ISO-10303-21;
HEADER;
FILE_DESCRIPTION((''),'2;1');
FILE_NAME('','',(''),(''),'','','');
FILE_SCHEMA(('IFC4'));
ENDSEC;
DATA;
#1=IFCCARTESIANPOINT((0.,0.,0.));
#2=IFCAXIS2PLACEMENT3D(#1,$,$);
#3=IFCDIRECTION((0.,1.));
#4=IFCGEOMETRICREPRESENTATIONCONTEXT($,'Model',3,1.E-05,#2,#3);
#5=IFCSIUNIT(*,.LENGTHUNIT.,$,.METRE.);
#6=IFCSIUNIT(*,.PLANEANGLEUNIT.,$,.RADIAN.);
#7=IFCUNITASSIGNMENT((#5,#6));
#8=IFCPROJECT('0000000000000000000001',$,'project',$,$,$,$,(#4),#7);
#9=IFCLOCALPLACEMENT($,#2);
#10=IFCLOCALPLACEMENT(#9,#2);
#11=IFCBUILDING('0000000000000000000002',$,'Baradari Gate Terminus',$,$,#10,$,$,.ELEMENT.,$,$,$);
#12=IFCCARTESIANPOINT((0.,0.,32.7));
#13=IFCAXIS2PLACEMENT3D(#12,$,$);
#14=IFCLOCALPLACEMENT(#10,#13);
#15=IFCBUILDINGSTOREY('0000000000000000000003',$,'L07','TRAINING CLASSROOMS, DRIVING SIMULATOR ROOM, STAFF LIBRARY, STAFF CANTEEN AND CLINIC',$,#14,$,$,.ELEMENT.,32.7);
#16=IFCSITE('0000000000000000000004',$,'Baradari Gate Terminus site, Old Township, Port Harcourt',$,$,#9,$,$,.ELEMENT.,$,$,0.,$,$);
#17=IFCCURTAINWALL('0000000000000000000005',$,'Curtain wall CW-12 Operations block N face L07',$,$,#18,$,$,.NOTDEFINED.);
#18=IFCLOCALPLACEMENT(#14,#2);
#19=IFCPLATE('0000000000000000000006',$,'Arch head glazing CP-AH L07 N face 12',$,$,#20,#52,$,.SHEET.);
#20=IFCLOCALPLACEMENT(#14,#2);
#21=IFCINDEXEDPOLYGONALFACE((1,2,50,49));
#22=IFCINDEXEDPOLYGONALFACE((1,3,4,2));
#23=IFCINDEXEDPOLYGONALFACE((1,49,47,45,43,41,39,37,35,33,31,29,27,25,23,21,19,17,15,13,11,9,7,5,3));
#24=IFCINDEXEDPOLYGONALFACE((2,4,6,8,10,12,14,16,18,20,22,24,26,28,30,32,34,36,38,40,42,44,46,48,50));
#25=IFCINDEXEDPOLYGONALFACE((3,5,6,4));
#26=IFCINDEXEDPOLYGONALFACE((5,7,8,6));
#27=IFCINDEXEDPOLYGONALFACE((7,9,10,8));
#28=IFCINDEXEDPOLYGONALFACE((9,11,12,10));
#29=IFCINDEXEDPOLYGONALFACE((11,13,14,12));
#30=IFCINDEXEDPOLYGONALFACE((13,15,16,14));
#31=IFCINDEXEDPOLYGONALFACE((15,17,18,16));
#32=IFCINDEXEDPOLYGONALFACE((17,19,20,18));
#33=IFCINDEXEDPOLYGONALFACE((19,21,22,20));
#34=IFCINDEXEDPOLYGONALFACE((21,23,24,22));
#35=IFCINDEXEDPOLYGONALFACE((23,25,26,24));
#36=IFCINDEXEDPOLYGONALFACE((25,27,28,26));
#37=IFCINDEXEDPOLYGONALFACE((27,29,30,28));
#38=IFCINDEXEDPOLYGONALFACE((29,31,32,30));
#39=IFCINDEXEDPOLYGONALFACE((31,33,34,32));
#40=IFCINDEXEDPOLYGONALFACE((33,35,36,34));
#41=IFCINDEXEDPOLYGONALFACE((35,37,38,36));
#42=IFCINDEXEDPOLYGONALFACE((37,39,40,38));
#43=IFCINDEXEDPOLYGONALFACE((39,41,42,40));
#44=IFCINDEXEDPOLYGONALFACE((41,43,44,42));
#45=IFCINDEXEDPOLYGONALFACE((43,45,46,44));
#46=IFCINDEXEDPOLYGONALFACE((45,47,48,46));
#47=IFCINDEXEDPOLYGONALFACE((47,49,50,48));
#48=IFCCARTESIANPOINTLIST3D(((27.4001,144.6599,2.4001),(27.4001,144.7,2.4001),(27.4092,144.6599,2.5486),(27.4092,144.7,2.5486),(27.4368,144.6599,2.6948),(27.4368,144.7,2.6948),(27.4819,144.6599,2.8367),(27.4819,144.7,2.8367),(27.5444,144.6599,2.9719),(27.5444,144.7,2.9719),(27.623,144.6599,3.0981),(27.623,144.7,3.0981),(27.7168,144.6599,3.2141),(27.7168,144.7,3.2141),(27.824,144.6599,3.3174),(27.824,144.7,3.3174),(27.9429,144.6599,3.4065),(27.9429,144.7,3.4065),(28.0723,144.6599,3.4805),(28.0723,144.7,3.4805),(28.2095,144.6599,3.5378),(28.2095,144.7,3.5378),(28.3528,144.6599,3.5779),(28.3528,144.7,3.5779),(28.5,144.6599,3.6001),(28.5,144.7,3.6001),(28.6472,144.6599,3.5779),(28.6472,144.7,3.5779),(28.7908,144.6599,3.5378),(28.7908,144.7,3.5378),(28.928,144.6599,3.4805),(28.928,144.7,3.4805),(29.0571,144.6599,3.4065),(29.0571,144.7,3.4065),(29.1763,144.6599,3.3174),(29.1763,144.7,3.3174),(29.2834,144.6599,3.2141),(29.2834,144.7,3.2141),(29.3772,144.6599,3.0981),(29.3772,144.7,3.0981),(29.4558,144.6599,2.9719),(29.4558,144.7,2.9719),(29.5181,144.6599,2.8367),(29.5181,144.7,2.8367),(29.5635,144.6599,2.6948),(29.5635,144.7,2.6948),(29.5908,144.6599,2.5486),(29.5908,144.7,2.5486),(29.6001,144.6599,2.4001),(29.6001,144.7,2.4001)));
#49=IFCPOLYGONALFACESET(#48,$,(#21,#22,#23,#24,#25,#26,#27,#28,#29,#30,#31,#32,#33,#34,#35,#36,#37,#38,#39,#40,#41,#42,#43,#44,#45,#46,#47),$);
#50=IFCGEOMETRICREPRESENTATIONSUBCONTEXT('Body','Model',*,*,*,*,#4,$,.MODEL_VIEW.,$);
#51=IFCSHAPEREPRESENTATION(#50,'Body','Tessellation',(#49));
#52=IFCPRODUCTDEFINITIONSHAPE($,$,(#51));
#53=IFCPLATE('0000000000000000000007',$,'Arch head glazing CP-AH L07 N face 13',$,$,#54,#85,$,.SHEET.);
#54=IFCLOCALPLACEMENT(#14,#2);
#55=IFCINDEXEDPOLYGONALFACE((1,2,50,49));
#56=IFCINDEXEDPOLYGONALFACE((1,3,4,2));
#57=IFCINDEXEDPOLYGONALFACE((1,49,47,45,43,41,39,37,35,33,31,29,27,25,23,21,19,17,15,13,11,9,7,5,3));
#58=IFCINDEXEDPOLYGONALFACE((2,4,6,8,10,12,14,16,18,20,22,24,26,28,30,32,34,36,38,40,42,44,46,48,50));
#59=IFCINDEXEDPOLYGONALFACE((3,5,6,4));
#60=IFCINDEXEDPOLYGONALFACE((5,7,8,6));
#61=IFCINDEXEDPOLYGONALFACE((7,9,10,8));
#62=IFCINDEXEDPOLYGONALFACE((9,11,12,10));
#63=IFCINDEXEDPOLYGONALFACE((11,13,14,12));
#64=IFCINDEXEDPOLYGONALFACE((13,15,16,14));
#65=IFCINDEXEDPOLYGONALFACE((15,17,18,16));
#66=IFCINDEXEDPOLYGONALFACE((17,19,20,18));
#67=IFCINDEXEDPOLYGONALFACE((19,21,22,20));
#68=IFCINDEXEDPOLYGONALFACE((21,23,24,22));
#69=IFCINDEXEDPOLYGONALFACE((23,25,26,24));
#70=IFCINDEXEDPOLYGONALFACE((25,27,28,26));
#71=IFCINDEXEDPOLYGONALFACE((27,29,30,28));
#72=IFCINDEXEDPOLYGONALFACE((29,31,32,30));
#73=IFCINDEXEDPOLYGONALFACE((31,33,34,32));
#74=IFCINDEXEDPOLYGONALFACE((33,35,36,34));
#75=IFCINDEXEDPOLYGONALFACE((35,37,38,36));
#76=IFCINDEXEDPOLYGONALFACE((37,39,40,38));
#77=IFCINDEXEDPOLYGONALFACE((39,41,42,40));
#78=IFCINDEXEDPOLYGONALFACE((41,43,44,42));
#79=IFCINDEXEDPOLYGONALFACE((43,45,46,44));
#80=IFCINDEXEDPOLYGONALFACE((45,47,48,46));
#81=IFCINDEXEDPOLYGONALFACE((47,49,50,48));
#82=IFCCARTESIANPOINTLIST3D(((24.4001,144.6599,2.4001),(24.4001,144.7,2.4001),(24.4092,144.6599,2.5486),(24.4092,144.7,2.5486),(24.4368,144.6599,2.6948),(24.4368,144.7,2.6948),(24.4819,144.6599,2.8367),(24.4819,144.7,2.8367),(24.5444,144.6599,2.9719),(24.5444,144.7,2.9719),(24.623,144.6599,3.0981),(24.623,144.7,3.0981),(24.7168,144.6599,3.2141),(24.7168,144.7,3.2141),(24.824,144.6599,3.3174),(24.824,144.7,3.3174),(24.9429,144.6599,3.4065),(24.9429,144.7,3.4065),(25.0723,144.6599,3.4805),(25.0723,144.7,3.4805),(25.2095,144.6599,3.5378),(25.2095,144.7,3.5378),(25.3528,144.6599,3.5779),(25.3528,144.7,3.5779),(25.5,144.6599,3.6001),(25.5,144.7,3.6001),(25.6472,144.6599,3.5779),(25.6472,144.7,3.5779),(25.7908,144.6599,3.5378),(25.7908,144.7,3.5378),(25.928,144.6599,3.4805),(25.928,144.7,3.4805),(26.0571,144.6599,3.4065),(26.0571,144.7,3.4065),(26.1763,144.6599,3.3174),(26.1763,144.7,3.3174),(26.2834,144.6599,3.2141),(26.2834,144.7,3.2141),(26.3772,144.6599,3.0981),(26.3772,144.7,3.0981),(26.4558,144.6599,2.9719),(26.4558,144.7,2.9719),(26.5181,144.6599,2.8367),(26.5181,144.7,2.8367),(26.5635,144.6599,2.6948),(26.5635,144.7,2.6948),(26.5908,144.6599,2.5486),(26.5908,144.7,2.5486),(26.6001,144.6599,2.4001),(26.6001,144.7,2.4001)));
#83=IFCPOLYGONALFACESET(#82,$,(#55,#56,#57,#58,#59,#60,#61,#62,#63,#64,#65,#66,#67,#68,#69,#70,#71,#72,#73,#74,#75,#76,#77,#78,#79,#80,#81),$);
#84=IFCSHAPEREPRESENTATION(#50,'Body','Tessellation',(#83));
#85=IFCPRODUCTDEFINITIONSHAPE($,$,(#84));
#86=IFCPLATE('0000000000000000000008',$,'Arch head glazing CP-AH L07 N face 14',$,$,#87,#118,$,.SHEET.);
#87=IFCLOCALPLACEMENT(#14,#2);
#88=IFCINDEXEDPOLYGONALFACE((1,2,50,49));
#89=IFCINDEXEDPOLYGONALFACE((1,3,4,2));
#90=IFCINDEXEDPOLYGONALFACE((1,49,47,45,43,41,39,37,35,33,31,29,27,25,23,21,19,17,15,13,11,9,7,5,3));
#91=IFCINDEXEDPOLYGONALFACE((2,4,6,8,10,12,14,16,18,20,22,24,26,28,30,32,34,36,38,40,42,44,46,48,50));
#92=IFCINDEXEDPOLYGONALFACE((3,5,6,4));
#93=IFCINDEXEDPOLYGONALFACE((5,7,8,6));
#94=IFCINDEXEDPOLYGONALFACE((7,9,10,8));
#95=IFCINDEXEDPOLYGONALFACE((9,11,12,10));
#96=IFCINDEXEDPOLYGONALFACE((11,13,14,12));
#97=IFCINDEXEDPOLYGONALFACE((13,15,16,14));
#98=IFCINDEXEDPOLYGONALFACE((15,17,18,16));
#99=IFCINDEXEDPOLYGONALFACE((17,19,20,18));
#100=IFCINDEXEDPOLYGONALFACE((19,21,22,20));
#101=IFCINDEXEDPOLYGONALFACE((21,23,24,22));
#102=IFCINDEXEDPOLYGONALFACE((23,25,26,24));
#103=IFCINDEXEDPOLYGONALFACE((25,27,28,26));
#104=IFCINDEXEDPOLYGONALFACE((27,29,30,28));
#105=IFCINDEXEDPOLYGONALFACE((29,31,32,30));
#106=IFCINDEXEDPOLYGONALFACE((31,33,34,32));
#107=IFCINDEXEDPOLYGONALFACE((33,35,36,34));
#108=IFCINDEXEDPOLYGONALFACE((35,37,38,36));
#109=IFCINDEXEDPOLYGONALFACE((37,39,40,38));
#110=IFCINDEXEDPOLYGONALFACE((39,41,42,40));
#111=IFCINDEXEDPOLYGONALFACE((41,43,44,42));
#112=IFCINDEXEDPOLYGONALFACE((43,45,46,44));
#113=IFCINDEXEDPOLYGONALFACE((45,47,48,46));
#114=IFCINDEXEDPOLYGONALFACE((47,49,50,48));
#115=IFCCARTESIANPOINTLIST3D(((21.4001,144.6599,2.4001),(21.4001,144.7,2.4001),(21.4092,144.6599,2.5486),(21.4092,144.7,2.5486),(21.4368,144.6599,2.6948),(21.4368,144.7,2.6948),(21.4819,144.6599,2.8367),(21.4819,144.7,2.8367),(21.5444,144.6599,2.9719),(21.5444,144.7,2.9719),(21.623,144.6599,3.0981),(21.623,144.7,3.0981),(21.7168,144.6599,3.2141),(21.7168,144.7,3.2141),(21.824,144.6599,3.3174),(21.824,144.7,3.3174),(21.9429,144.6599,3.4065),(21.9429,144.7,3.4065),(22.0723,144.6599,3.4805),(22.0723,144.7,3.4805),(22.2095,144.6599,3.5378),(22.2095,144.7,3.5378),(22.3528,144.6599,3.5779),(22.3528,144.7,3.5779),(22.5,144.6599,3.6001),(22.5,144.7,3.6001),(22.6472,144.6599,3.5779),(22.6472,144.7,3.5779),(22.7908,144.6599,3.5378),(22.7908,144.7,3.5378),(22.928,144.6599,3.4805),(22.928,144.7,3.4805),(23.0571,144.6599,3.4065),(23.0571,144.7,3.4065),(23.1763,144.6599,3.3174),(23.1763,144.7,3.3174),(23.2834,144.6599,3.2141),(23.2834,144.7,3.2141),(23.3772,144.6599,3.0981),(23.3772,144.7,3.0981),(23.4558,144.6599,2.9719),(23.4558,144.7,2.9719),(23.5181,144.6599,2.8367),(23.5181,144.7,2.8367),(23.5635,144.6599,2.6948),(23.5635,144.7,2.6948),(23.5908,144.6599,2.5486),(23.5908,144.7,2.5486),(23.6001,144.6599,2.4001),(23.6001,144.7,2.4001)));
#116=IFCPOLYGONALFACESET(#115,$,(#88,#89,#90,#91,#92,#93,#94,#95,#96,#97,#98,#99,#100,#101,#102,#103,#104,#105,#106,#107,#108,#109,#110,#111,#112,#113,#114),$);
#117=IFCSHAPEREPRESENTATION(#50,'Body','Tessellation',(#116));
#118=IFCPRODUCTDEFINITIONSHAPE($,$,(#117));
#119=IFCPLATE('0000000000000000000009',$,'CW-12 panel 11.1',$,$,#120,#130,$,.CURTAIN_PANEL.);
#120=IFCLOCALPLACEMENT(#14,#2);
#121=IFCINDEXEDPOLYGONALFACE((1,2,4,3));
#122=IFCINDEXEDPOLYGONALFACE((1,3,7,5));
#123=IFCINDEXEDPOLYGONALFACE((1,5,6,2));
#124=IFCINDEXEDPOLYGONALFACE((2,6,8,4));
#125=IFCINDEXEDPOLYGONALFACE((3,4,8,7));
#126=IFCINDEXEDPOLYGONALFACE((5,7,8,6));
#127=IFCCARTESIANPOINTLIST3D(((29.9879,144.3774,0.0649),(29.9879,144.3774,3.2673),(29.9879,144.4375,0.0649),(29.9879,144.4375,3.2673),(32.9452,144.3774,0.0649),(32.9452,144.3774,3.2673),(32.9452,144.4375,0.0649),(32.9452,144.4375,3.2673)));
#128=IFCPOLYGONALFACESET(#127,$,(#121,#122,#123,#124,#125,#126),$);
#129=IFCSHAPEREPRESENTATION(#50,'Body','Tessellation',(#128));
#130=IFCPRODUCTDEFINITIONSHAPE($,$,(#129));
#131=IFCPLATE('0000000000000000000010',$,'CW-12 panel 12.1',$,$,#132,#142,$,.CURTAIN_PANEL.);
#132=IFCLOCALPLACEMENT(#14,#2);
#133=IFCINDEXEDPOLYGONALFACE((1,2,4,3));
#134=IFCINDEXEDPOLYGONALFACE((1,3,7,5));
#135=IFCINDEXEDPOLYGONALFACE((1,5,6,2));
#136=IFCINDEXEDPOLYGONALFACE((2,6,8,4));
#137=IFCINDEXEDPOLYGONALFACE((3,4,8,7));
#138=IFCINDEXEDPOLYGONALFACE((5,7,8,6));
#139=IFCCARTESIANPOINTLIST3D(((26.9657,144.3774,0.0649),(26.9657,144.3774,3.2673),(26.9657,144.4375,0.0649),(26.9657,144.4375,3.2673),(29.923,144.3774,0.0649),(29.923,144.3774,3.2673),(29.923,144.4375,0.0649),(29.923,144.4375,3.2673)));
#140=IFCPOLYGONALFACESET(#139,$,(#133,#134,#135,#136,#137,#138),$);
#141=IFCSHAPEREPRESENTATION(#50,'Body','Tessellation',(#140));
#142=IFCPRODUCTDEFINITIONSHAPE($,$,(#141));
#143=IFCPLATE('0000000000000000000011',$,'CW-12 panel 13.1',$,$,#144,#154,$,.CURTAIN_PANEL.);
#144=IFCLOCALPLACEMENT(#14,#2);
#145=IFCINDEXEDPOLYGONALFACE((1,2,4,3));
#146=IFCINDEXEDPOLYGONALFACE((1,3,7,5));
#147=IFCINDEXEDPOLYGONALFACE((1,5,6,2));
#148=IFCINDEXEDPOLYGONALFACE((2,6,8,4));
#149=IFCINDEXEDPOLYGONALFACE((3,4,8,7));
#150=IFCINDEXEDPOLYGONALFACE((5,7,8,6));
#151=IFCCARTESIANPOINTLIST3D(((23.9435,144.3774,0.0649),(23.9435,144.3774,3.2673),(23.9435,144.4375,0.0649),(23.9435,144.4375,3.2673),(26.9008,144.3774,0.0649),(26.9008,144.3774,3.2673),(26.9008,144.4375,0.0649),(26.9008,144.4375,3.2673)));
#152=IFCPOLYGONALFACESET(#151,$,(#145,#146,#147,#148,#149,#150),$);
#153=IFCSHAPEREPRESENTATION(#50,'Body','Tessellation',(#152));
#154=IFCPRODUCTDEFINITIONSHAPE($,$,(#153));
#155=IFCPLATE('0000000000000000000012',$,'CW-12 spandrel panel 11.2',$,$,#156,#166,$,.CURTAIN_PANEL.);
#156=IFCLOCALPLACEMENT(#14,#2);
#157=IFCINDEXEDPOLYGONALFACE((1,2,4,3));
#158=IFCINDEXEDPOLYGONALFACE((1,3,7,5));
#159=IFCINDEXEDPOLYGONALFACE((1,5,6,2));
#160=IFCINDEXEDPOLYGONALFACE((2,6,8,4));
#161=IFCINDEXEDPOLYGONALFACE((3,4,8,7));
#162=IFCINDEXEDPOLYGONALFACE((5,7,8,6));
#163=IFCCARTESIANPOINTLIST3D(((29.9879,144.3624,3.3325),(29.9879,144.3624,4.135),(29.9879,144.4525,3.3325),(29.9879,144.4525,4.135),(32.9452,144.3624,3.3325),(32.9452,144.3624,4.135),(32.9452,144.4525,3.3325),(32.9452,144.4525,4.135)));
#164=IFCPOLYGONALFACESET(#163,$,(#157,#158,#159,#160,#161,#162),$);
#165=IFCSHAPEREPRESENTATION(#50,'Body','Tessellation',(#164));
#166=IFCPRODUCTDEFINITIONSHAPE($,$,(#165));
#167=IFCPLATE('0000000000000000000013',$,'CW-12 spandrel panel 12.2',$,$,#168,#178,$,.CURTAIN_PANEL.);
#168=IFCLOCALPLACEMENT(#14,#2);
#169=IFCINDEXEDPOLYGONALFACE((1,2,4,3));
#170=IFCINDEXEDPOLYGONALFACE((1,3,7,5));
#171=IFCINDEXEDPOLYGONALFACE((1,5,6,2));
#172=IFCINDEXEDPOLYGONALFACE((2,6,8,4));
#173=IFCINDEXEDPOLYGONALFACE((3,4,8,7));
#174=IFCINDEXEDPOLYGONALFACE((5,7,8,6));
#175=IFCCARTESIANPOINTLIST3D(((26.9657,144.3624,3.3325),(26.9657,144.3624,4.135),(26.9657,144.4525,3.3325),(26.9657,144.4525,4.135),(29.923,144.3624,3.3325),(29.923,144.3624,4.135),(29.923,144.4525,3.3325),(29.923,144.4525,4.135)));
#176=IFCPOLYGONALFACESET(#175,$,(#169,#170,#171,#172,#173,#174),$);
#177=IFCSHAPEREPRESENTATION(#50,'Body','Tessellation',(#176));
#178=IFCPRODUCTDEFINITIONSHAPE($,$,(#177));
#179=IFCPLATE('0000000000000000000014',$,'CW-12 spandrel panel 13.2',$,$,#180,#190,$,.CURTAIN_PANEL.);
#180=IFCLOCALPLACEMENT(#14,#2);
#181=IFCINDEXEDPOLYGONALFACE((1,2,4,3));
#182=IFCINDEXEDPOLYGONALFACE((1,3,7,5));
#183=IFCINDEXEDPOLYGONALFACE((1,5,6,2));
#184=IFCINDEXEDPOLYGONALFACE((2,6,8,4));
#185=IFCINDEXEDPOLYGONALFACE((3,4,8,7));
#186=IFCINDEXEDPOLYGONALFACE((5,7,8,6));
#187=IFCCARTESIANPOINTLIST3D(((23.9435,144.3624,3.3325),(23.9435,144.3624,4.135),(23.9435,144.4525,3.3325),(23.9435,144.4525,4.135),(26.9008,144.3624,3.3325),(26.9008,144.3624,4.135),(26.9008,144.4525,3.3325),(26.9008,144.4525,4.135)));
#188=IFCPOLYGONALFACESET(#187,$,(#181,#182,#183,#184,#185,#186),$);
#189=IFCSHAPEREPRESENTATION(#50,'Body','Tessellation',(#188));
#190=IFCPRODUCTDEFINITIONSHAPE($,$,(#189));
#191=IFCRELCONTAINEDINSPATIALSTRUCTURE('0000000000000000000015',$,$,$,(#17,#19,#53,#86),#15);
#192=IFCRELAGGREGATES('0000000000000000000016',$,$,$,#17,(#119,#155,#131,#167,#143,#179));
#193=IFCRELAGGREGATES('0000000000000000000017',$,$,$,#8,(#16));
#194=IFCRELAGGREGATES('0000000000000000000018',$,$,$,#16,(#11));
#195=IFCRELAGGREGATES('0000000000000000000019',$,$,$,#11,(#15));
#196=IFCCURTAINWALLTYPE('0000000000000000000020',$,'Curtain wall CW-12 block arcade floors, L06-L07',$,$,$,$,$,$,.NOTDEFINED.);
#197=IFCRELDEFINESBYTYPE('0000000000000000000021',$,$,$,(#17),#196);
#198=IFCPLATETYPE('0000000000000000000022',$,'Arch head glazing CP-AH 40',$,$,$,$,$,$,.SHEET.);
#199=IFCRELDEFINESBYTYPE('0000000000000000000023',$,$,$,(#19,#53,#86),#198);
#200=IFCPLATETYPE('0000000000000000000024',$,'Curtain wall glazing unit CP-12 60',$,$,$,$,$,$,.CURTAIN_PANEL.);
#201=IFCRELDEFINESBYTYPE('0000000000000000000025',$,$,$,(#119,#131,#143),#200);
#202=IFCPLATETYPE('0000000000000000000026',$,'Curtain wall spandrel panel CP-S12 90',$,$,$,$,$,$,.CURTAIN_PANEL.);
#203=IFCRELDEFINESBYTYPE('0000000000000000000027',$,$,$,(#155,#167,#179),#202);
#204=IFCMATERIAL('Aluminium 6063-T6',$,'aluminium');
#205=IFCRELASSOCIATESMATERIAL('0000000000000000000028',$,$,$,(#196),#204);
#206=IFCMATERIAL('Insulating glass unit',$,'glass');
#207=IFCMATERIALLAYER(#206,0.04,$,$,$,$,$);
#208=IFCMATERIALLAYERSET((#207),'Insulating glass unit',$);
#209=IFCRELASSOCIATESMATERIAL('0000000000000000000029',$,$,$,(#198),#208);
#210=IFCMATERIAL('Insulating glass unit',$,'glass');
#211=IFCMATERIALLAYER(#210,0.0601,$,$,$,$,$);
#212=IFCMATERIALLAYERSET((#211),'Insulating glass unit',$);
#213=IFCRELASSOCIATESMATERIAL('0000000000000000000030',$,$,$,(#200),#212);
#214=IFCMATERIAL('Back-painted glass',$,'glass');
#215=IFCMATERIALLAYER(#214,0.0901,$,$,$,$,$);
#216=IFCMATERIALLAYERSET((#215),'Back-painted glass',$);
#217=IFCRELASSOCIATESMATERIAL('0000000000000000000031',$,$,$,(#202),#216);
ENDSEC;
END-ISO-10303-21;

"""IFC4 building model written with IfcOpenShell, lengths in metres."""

from ifc_helpers import new_model, si_unit, direction, frame, origin, origin_2d, place, context, subcontext, project, spatial, polyline, rectangle, outline, extrude, material, layer, layer_set, type_object, element, aggregate, save


model = new_model("IFC4")

# Units and contexts
model_context = context("Model", 3, precision=1e-05, world=origin(), true_north=direction((0.0, 1.0)))
body_context = subcontext(model_context, "Body", "Model", "MODEL_VIEW")
ifc_project = project(units=[si_unit("LENGTHUNIT", "METRE"), si_unit("PLANEANGLEUNIT", "RADIAN")], contexts=[model_context])

# Site, building, storey
site_placement = place(None, origin())
site = spatial("IfcSite", under=ifc_project, at=site_placement, Name="Baradari Gate Terminus site, Old Township, Port Harcourt", CompositionType="ELEMENT", RefElevation=0.0)
building_placement = place(site_placement, origin())
building = spatial("IfcBuilding", under=site, at=building_placement, Name="Baradari Gate Terminus", CompositionType="ELEMENT")
storey_placement = place(building_placement, frame((0.0, 0.0, 32.7)))
storey = spatial("IfcBuildingStorey", under=building, at=storey_placement, Name="L07", Description="TRAINING CLASSROOMS, DRIVING SIMULATOR ROOM, STAFF LIBRARY, STAFF CANTEEN AND CLINIC", CompositionType="ELEMENT", Elevation=32.7)

# Curtain wall
ifc_material_1 = material(Name="Aluminium 6063-T6", Category="aluminium")
curtain_wall_type = type_object("IfcCurtainWallType", Name="Curtain wall CW-12 block arcade floors, L06-L07", PredefinedType="NOTDEFINED", material=ifc_material_1)
curtain_wall_placement = place(storey_placement, origin())
curtain_wall = element("IfcCurtainWall", 1, at=curtain_wall_placement, inside=storey, type_object=curtain_wall_type, Name="Curtain wall CW-12 Operations block N face L07", PredefinedType="NOTDEFINED")

# Plates
ifc_material_2 = material(Name="Insulating glass unit", Category="glass")
ifc_layer_1 = layer(ifc_material_2, 0.04)
ifc_layer_set_1 = layer_set([ifc_layer_1], Name="Insulating glass unit")
plate_type_1 = type_object("IfcPlateType", Name="Arch head glazing CP-AH 40", PredefinedType="SHEET", material=ifc_layer_set_1)
for number, where, z_axis, x_axis, name in (
    (2, (29.6001, 144.6799, 2.4001), (0.0, 0.0, 1.0), (-1.0, 0.0, 0.0), "Arch head glazing CP-AH L07 N face 12"),
    (3, (26.6001, 144.6799, 2.4001), (0.0, 0.0, 1.0), (-1.0, 0.0, 0.0), "Arch head glazing CP-AH L07 N face 13"),
    (4, (23.6001, 144.6799, 2.4001), (0.0, 0.0, 1.0), (-1.0, 0.0, 0.0), "Arch head glazing CP-AH L07 N face 14"),
):
    element("IfcPlate", number, at=place(storey_placement, frame(where, z_axis=z_axis, x_axis=x_axis)), inside=storey, type_object=plate_type_1, Name=name, PredefinedType="SHEET", context=body_context, shape_type="SweptSolid", body=[
        extrude(outline(polyline([(0.0, 0.0), (2.2, 0.0), (2.1909, 0.1484), (2.1633, 0.2947), (2.1182, 0.4365), (2.0557, 0.5718), (1.9771, 0.698), (1.8833, 0.814), (1.7761, 0.9172), (1.6572, 1.0063), (1.5278, 1.0803), (1.3906, 1.1377), (1.2473, 1.1777), (1.1001, 1.2), (0.9529, 1.1777), (0.8093, 1.1377), (0.6721, 1.0803), (0.543, 1.0063), (0.4238, 0.9172), (0.3167, 0.814), (0.2229, 0.698), (0.1443, 0.5718), (0.082, 0.4365), (0.0366, 0.2947), (0.0093, 0.1484), (0.0, 0.0)])), frame((0.0, 0.02, 0.0), z_axis=(0.0, -1.0, 0.0), x_axis=(1.0, 0.0, 0.0)), (0.0, 0.0, 1.0), 0.04),
    ])

# Plates
ifc_material_3 = material(Name="Insulating glass unit", Category="glass")
ifc_layer_2 = layer(ifc_material_3, 0.0601)
ifc_layer_set_2 = layer_set([ifc_layer_2], Name="Insulating glass unit")
plate_type_2 = type_object("IfcPlateType", Name="Curtain wall glazing unit CP-12 60", PredefinedType="CURTAIN_PANEL", material=ifc_layer_set_2)
plate_1_placement = place(storey_placement, frame((31.4666, 144.4075, 0.0649), z_axis=(0.0, 0.0, 1.0), x_axis=(-1.0, 0.0, 0.0)))
plate_1 = element("IfcPlate", 5, at=plate_1_placement, type_object=plate_type_2, Name="CW-12 panel 11.1", PredefinedType="CURTAIN_PANEL", context=body_context, shape_type="SweptSolid", body=[
    extrude(rectangle(XDim=2.9573, YDim=0.0601, at=origin_2d()), origin(), (0.0, 0.0, 1.0), 3.2024),
])
plate_2_placement = place(storey_placement, frame((28.4443, 144.4075, 0.0649), z_axis=(0.0, 0.0, 1.0), x_axis=(-1.0, 0.0, 0.0)))
plate_2 = element("IfcPlate", 6, at=plate_2_placement, type_object=plate_type_2, Name="CW-12 panel 12.1", PredefinedType="CURTAIN_PANEL", context=body_context, shape_type="SweptSolid", body=[
    extrude(rectangle(XDim=2.9573, YDim=0.0601, at=origin_2d()), origin(), (0.0, 0.0, 1.0), 3.2024),
])
plate_3_placement = place(storey_placement, frame((25.4221, 144.4075, 0.0649), z_axis=(0.0, 0.0, 1.0), x_axis=(-1.0, 0.0, 0.0)))
plate_3 = element("IfcPlate", 7, at=plate_3_placement, type_object=plate_type_2, Name="CW-12 panel 13.1", PredefinedType="CURTAIN_PANEL", context=body_context, shape_type="SweptSolid", body=[
    extrude(rectangle(XDim=2.9573, YDim=0.0601, at=origin_2d()), origin(), (0.0, 0.0, 1.0), 3.2024),
])
ifc_material_4 = material(Name="Back-painted glass", Category="glass")
ifc_layer_3 = layer(ifc_material_4, 0.0901)
ifc_layer_set_3 = layer_set([ifc_layer_3], Name="Back-painted glass")
plate_type_3 = type_object("IfcPlateType", Name="Curtain wall spandrel panel CP-S12 90", PredefinedType="CURTAIN_PANEL", material=ifc_layer_set_3)
plate_4_placement = place(storey_placement, frame((31.4666, 144.4075, 3.3325), z_axis=(0.0, 0.0, 1.0), x_axis=(-1.0, 0.0, 0.0)))
plate_4 = element("IfcPlate", 8, at=plate_4_placement, type_object=plate_type_3, Name="CW-12 spandrel panel 11.2", PredefinedType="CURTAIN_PANEL", context=body_context, shape_type="SweptSolid", body=[
    extrude(rectangle(XDim=2.9573, YDim=0.0901, at=origin_2d()), origin(), (0.0, 0.0, 1.0), 0.8025),
])
plate_5_placement = place(storey_placement, frame((28.4443, 144.4075, 3.3325), z_axis=(0.0, 0.0, 1.0), x_axis=(-1.0, 0.0, 0.0)))
plate_5 = element("IfcPlate", 9, at=plate_5_placement, type_object=plate_type_3, Name="CW-12 spandrel panel 12.2", PredefinedType="CURTAIN_PANEL", context=body_context, shape_type="SweptSolid", body=[
    extrude(rectangle(XDim=2.9573, YDim=0.0901, at=origin_2d()), origin(), (0.0, 0.0, 1.0), 0.8025),
])
plate_6_placement = place(storey_placement, frame((25.4221, 144.4075, 3.3325), z_axis=(0.0, 0.0, 1.0), x_axis=(-1.0, 0.0, 0.0)))
plate_6 = element("IfcPlate", 10, at=plate_6_placement, type_object=plate_type_3, Name="CW-12 spandrel panel 13.2", PredefinedType="CURTAIN_PANEL", context=body_context, shape_type="SweptSolid", body=[
    extrude(rectangle(XDim=2.9573, YDim=0.0901, at=origin_2d()), origin(), (0.0, 0.0, 1.0), 0.8025),
])
aggregate(curtain_wall, [plate_1, plate_4, plate_2, plate_5, plate_3, plate_6])

save(model, "model.ifc")
